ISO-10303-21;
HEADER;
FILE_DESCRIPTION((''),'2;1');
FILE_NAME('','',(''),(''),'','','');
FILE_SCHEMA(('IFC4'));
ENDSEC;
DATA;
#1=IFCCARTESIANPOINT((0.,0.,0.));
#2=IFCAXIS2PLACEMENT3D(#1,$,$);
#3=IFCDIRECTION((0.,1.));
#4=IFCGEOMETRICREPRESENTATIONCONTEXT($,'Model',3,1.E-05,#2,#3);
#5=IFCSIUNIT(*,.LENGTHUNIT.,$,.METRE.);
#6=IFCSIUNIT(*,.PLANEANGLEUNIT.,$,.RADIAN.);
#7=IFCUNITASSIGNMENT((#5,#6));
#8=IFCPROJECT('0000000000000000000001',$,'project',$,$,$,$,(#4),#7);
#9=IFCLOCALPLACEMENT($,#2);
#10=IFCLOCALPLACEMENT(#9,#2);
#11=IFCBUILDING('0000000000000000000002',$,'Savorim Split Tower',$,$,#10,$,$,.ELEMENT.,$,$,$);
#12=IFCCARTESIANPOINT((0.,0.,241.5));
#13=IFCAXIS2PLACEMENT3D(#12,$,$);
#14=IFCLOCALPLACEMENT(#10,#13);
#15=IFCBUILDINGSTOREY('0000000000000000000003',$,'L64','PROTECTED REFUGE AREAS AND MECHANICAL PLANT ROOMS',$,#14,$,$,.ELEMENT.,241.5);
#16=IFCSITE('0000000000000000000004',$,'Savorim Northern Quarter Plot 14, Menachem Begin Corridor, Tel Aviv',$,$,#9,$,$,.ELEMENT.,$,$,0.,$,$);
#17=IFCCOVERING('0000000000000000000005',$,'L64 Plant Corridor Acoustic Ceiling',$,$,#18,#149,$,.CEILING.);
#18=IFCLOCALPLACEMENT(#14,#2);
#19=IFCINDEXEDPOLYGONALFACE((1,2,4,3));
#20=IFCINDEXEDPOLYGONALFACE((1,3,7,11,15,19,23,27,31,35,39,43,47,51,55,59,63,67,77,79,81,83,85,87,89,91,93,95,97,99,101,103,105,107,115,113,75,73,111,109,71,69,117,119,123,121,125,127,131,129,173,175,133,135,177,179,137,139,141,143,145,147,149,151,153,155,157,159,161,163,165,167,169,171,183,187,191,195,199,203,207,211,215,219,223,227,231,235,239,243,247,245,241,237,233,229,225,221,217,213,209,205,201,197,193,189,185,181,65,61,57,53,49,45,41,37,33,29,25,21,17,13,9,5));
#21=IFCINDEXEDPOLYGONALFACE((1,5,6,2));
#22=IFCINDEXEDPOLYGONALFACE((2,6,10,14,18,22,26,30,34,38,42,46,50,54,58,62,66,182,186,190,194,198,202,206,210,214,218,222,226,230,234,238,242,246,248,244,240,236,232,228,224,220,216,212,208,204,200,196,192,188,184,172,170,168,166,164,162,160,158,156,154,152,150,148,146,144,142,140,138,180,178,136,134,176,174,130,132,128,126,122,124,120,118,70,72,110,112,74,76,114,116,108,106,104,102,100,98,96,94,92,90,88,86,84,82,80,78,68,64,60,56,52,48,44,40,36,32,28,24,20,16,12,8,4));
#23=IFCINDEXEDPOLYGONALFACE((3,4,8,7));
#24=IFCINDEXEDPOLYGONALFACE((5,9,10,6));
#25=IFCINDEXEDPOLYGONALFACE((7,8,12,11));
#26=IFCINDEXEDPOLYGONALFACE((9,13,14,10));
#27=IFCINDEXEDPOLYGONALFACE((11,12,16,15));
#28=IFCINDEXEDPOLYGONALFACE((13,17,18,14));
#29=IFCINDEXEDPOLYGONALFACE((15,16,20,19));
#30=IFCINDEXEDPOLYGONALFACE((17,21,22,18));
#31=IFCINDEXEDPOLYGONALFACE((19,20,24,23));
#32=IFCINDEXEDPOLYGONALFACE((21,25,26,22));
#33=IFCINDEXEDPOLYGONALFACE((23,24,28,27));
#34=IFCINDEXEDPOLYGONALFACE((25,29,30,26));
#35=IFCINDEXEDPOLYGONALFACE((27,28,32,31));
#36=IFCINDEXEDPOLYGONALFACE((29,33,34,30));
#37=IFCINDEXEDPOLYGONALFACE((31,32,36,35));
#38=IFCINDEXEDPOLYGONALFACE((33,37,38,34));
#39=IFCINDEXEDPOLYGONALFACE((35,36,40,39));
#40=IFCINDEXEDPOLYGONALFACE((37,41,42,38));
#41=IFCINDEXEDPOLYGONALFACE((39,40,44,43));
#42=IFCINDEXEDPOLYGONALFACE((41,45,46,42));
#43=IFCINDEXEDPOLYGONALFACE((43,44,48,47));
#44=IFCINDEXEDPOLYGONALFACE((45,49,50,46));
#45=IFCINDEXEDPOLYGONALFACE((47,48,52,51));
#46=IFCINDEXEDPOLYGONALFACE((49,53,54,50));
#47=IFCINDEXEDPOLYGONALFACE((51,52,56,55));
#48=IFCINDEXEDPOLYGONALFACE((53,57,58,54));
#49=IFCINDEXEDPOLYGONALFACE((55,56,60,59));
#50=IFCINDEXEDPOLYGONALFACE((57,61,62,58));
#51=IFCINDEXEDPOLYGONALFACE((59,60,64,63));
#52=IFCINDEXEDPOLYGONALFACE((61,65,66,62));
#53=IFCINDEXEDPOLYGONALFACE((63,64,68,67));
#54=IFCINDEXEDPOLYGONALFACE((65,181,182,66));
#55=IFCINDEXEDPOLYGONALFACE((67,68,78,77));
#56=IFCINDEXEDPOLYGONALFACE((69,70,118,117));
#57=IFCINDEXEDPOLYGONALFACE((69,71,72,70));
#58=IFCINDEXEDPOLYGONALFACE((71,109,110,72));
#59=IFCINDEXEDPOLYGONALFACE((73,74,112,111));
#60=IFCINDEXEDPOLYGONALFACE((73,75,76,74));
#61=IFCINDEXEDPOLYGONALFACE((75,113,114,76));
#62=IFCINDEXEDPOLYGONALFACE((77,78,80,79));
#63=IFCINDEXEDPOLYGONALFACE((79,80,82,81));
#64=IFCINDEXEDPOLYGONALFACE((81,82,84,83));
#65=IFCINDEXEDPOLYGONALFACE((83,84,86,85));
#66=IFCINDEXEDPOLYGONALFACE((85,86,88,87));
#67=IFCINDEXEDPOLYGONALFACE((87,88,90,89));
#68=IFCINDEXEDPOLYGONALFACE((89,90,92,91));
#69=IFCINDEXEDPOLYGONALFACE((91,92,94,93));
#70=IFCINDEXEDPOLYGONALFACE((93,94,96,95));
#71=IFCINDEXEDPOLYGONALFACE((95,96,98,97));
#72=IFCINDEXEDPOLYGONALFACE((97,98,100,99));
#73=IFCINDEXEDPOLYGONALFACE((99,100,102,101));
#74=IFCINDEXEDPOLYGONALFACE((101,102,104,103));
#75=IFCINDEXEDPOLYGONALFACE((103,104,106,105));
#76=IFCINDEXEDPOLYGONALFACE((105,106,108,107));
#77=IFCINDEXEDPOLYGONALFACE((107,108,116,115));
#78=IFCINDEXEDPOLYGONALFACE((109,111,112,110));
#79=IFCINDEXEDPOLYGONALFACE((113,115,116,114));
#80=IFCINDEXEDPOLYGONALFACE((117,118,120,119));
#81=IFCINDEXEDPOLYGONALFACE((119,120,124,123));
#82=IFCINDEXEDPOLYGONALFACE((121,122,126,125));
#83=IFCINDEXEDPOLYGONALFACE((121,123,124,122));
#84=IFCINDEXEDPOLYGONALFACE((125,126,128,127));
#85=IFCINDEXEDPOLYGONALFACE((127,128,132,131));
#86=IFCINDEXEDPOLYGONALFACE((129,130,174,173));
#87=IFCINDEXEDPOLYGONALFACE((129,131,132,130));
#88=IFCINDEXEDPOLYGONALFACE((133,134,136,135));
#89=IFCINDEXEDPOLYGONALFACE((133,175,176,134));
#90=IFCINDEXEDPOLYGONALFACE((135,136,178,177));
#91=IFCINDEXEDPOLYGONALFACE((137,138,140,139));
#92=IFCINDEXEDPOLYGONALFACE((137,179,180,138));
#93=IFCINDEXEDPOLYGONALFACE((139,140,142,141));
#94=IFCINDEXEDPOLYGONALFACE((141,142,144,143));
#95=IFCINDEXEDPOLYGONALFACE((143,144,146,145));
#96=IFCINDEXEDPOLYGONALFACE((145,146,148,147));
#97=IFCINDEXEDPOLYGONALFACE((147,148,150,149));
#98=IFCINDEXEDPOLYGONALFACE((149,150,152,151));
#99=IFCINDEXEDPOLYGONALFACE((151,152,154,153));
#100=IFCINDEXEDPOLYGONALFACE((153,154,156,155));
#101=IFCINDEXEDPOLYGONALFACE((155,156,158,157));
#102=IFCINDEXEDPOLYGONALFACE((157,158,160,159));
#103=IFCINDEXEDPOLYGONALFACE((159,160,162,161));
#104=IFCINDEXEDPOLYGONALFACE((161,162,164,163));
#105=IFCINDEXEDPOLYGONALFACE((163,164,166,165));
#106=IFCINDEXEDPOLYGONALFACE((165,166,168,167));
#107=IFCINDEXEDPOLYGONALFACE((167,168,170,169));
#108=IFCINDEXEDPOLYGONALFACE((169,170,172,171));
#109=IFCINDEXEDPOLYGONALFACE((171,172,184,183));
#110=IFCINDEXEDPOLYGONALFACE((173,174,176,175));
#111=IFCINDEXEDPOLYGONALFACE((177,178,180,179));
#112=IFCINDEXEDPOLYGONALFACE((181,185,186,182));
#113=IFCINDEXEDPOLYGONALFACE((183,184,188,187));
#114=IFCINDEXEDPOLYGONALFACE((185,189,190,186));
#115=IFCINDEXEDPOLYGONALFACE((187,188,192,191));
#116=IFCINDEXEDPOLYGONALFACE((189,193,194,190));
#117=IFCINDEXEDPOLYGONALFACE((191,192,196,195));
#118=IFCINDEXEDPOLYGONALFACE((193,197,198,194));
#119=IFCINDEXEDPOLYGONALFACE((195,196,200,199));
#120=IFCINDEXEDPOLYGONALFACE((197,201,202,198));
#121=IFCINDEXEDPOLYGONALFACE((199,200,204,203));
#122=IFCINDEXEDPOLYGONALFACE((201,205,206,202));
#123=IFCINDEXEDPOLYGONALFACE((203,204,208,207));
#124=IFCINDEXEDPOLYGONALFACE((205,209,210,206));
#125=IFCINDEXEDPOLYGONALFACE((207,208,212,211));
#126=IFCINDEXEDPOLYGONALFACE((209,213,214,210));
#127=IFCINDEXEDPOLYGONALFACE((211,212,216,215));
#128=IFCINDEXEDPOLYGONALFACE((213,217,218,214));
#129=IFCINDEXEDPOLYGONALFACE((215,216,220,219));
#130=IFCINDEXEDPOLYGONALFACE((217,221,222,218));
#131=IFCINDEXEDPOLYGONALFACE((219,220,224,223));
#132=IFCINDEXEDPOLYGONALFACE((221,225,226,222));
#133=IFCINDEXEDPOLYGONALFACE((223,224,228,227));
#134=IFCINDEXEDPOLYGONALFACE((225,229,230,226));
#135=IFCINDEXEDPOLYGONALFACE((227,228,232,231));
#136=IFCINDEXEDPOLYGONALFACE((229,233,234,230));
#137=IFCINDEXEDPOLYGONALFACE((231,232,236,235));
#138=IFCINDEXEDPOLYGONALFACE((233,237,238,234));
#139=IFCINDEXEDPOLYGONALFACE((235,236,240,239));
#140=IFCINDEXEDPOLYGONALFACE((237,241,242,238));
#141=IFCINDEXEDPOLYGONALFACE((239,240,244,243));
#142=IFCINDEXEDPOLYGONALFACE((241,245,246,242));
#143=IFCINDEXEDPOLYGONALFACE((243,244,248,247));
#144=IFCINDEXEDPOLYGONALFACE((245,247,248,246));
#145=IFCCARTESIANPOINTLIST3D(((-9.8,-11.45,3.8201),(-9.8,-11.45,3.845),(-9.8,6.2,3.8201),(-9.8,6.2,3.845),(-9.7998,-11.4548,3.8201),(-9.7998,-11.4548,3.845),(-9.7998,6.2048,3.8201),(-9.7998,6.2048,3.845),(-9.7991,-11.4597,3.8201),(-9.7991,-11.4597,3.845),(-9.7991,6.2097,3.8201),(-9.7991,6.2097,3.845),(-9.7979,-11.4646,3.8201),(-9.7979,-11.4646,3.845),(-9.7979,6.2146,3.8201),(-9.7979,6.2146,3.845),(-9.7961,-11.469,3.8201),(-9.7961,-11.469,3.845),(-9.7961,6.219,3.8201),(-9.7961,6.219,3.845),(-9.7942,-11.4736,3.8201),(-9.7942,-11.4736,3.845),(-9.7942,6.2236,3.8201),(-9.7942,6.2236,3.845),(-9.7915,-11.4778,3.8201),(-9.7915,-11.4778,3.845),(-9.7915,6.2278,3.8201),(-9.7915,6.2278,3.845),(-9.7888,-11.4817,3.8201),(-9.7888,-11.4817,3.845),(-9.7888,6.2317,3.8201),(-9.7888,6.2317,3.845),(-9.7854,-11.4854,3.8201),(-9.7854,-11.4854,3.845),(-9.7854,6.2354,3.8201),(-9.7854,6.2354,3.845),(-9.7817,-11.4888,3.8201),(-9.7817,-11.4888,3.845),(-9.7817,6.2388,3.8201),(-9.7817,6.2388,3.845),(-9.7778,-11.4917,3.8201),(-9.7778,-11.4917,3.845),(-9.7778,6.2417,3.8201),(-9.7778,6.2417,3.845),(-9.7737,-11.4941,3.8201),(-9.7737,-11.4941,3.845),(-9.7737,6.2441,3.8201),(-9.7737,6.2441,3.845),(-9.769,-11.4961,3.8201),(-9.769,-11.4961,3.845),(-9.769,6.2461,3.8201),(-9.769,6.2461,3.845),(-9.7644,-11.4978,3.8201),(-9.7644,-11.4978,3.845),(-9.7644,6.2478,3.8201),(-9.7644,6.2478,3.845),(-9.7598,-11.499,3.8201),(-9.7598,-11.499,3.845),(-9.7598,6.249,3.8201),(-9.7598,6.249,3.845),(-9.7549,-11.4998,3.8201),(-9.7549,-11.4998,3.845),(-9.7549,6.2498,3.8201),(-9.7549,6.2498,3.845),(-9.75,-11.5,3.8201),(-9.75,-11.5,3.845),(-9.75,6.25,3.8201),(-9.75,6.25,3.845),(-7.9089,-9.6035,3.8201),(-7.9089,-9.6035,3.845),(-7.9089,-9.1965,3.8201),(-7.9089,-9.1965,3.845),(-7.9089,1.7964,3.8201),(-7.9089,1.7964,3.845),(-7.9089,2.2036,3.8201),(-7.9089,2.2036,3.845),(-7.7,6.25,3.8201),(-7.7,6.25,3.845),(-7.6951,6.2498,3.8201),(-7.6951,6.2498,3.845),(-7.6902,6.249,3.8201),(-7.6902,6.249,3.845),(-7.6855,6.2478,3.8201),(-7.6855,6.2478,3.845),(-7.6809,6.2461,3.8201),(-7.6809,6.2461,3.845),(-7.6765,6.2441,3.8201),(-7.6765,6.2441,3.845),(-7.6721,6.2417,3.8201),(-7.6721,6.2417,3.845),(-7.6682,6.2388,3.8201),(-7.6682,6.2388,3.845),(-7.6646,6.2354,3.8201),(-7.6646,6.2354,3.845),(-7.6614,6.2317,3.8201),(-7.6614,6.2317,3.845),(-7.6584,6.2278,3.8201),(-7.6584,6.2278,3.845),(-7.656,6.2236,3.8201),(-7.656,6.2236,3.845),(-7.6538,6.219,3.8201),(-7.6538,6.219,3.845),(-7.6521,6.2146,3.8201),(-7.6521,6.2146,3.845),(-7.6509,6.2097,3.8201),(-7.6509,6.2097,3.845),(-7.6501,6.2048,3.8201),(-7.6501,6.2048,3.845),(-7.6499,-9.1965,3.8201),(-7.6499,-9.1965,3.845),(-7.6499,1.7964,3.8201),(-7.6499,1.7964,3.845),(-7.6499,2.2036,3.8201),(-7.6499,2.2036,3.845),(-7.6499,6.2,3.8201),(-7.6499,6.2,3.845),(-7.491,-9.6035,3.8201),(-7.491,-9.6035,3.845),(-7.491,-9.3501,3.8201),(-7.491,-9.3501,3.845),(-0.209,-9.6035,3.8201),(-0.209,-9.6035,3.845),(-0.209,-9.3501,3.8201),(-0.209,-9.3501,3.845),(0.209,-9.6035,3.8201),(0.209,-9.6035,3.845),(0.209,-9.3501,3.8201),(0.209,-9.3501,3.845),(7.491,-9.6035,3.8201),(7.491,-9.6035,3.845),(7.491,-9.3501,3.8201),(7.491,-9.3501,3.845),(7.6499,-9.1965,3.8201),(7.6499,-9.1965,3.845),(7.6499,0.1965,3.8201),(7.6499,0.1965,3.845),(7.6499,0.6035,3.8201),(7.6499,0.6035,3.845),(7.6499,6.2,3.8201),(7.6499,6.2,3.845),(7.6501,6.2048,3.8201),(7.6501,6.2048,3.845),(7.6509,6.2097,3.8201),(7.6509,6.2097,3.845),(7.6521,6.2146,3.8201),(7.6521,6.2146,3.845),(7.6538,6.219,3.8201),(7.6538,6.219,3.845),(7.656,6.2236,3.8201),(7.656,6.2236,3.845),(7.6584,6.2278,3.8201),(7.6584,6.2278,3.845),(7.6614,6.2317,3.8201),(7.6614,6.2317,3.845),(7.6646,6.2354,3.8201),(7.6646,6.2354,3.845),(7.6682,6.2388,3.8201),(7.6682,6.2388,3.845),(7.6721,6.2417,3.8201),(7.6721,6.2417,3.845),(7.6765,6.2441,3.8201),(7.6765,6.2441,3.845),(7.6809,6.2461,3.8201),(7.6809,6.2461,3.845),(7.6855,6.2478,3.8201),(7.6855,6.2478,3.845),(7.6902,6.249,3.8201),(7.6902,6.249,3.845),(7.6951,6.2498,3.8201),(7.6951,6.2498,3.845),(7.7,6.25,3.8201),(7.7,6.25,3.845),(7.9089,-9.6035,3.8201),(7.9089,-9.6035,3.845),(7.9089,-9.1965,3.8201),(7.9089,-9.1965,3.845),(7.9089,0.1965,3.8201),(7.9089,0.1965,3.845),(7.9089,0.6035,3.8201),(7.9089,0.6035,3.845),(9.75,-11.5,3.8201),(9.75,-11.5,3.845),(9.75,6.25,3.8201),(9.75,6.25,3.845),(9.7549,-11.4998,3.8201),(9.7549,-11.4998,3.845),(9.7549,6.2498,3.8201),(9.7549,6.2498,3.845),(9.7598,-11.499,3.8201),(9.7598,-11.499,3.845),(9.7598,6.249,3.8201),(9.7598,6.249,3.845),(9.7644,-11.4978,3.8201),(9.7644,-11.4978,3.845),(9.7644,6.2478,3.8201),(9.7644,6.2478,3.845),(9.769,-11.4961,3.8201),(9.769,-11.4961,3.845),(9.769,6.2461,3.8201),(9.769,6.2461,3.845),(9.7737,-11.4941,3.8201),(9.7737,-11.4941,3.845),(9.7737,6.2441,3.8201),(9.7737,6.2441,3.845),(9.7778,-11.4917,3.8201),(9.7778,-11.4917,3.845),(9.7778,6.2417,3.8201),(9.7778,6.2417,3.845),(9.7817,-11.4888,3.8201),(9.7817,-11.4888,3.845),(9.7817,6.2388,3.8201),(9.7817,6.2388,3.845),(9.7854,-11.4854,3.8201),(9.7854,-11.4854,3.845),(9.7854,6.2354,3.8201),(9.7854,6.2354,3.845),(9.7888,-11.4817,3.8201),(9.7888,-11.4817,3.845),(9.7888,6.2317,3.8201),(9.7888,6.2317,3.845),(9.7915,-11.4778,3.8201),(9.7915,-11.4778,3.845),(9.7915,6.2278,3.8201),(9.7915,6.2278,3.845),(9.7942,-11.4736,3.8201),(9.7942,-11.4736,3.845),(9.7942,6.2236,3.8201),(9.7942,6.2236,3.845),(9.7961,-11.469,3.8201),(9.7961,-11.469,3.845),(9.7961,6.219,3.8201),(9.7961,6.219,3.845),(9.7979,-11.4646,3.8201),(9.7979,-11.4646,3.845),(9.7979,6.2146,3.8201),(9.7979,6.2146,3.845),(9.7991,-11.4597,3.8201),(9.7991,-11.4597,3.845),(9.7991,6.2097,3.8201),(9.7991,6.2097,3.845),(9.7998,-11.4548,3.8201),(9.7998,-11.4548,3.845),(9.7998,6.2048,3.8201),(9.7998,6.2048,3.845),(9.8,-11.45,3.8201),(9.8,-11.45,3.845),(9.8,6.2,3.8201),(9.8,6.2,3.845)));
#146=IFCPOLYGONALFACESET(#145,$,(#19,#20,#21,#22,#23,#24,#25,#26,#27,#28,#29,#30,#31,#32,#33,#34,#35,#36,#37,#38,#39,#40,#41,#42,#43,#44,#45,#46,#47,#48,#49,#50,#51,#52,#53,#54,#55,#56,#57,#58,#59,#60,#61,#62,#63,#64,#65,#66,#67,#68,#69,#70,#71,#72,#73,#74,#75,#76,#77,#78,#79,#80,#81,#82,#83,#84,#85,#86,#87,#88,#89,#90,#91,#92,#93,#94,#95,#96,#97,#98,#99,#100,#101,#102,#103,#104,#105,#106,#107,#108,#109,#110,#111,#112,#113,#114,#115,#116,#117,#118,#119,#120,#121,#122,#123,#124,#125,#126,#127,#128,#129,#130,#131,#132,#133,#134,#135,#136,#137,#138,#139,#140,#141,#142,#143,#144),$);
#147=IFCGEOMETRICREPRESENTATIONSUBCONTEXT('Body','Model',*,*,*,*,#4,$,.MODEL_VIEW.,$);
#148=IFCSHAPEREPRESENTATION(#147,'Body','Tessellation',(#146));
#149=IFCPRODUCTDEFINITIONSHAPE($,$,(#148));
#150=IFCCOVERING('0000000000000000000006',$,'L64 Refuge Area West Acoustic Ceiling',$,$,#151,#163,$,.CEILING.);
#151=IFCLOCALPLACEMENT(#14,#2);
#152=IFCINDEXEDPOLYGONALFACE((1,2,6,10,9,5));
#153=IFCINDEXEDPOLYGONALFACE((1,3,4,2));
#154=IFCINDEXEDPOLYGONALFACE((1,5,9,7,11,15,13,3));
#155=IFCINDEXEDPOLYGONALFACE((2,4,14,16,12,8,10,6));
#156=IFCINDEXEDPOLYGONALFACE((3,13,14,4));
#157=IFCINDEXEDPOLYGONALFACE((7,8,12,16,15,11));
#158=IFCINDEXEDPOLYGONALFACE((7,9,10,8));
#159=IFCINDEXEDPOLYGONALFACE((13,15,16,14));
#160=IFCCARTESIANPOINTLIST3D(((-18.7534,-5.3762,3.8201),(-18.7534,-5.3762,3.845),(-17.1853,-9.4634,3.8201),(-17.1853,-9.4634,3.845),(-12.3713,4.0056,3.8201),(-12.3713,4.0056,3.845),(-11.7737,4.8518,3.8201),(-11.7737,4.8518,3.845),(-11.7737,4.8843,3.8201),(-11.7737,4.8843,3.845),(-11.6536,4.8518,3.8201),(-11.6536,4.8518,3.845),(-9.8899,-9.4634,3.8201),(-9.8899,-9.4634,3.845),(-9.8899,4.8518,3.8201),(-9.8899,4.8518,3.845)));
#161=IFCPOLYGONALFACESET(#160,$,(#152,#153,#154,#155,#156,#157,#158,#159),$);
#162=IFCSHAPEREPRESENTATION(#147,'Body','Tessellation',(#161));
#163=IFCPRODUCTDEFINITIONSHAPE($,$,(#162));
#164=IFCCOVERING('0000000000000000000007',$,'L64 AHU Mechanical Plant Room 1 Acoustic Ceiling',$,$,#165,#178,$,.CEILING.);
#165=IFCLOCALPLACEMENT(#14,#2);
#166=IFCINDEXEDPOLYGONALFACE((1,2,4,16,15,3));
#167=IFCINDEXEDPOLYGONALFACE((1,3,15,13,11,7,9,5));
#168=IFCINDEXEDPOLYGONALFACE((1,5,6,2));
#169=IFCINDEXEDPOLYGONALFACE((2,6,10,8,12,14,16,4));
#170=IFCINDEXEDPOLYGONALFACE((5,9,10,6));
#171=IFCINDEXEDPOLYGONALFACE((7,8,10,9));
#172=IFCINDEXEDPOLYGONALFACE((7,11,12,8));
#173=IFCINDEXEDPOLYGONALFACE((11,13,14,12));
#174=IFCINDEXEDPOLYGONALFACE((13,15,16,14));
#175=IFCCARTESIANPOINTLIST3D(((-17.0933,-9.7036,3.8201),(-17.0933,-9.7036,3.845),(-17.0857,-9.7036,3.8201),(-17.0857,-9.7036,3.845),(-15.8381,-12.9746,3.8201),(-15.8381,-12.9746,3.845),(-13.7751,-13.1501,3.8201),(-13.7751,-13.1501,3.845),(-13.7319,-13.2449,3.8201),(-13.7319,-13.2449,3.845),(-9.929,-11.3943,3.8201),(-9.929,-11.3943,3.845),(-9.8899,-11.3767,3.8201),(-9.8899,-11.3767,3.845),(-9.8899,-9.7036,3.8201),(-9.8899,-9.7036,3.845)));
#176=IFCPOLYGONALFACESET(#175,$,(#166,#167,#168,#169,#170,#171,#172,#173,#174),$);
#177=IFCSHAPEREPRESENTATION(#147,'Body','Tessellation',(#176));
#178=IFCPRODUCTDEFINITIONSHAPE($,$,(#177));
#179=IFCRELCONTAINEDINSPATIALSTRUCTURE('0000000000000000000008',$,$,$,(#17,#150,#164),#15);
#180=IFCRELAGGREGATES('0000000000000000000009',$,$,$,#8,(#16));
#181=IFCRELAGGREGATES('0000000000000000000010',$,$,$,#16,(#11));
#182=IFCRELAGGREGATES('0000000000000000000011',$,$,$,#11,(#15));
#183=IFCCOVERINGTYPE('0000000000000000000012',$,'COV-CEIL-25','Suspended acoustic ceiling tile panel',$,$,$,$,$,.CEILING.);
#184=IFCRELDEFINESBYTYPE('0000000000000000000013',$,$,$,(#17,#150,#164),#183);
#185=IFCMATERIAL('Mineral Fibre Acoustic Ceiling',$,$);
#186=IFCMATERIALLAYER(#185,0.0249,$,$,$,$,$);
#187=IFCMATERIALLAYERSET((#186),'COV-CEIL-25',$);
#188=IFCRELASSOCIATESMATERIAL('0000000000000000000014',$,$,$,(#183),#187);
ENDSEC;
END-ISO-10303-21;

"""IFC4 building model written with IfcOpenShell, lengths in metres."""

from ifc_helpers import new_model, si_unit, direction, frame, origin, place, context, subcontext, project, spatial, polyline, outline, extrude, material, layer, layer_set, type_object, element, save


model = new_model("IFC4")

# Units and contexts
model_context = context("Model", 3, precision=1e-05, world=origin(), true_north=direction((0.0, 1.0)))
body_context = subcontext(model_context, "Body", "Model", "MODEL_VIEW")
ifc_project = project(units=[si_unit("LENGTHUNIT", "METRE"), si_unit("PLANEANGLEUNIT", "RADIAN")], contexts=[model_context])

# Site, building, storey
site_placement = place(None, origin())
site = spatial("IfcSite", under=ifc_project, at=site_placement, Name="Savorim Northern Quarter Plot 14, Menachem Begin Corridor, Tel Aviv", CompositionType="ELEMENT", RefElevation=0.0)
building_placement = place(site_placement, origin())
building = spatial("IfcBuilding", under=site, at=building_placement, Name="Savorim Split Tower", CompositionType="ELEMENT")
storey_placement = place(building_placement, frame((0.0, 0.0, 241.5)))
storey = spatial("IfcBuildingStorey", under=building, at=storey_placement, Name="L64", Description="PROTECTED REFUGE AREAS AND MECHANICAL PLANT ROOMS", CompositionType="ELEMENT", Elevation=241.5)

# Coverings
ifc_material_1 = material(Name="Mineral Fibre Acoustic Ceiling")
ifc_layer_1 = layer(ifc_material_1, 0.0249)
ifc_layer_set_1 = layer_set([ifc_layer_1], Name="COV-CEIL-25")
covering_type_1 = type_object("IfcCoveringType", Name="COV-CEIL-25", Description="Suspended acoustic ceiling tile panel", PredefinedType="CEILING", material=ifc_layer_set_1)
covering_1_placement = place(storey_placement, frame((0.0, 0.0, 3.8201)))
element("IfcCovering", 1, at=covering_1_placement, inside=storey, type_object=covering_type_1, Name="L64 Plant Corridor Acoustic Ceiling", PredefinedType="CEILING", context=body_context, shape_type="SweptSolid", body=[
    extrude(outline(polyline([(7.9089, 0.1965), (7.6499, 0.1965), (7.6499, -9.1965), (7.9089, -9.1965), (7.9089, -9.6035), (7.491, -9.6035), (7.491, -9.3501), (0.209, -9.3501), (0.209, -9.6035), (-0.209, -9.6035), (-0.209, -9.3501), (-7.491, -9.3501), (-7.491, -9.6035), (-7.9089, -9.6035), (-7.9089, -9.1965), (-7.6499, -9.1965), (-7.6499, 1.7964), (-7.9089, 1.7964), (-7.9089, 2.2036), (-7.6499, 2.2036), (-7.6499, 6.2), (-7.6501, 6.2048), (-7.6509, 6.2097), (-7.6521, 6.2146), (-7.6538, 6.219), (-7.656, 6.2236), (-7.6584, 6.2278), (-7.6614, 6.2317), (-7.6646, 6.2354), (-7.6682, 6.2388), (-7.6721, 6.2417), (-7.6765, 6.2441), (-7.6809, 6.2461), (-7.6855, 6.2478), (-7.6902, 6.249), (-7.6951, 6.2498), (-7.7, 6.25), (-9.75, 6.25), (-9.7549, 6.2498), (-9.7598, 6.249), (-9.7644, 6.2478), (-9.769, 6.2461), (-9.7737, 6.2441), (-9.7778, 6.2417), (-9.7817, 6.2388), (-9.7854, 6.2354), (-9.7888, 6.2317), (-9.7915, 6.2278), (-9.7942, 6.2236), (-9.7961, 6.219), (-9.7979, 6.2146), (-9.7991, 6.2097), (-9.7998, 6.2048), (-9.8, 6.2), (-9.8, -11.45), (-9.7998, -11.4548), (-9.7991, -11.4597), (-9.7979, -11.4646), (-9.7961, -11.469), (-9.7942, -11.4736), (-9.7915, -11.4778), (-9.7888, -11.4817), (-9.7854, -11.4854), (-9.7817, -11.4888), (-9.7778, -11.4917), (-9.7737, -11.4941), (-9.769, -11.4961), (-9.7644, -11.4978), (-9.7598, -11.499), (-9.7549, -11.4998), (-9.75, -11.5), (9.75, -11.5), (9.7549, -11.4998), (9.7598, -11.499), (9.7644, -11.4978), (9.769, -11.4961), (9.7737, -11.4941), (9.7778, -11.4917), (9.7817, -11.4888), (9.7854, -11.4854), (9.7888, -11.4817), (9.7915, -11.4778), (9.7942, -11.4736), (9.7961, -11.469), (9.7979, -11.4646), (9.7991, -11.4597), (9.7998, -11.4548), (9.8, -11.45), (9.8, 6.2), (9.7998, 6.2048), (9.7991, 6.2097), (9.7979, 6.2146), (9.7961, 6.219), (9.7942, 6.2236), (9.7915, 6.2278), (9.7888, 6.2317), (9.7854, 6.2354), (9.7817, 6.2388), (9.7778, 6.2417), (9.7737, 6.2441), (9.769, 6.2461), (9.7644, 6.2478), (9.7598, 6.249), (9.7549, 6.2498), (9.75, 6.25), (7.7, 6.25), (7.6951, 6.2498), (7.6902, 6.249), (7.6855, 6.2478), (7.6809, 6.2461), (7.6765, 6.2441), (7.6721, 6.2417), (7.6682, 6.2388), (7.6646, 6.2354), (7.6614, 6.2317), (7.6584, 6.2278), (7.656, 6.2236), (7.6538, 6.219), (7.6521, 6.2146), (7.6509, 6.2097), (7.6501, 6.2048), (7.6499, 6.2), (7.6499, 0.6035), (7.9089, 0.6035), (7.9089, 0.1965)])), origin(), (0.0, 0.0, 1.0), 0.0249),
])
covering_2_placement = place(storey_placement, frame((0.0, 0.0, 3.8201)))
element("IfcCovering", 2, at=covering_2_placement, inside=storey, type_object=covering_type_1, Name="L64 Refuge Area West Acoustic Ceiling", PredefinedType="CEILING", context=body_context, shape_type="SweptSolid", body=[
    extrude(outline(polyline([(-11.6536, 4.8518), (-11.7737, 4.8518), (-11.7737, 4.8843), (-12.3713, 4.0056), (-18.7534, -5.3762), (-17.1853, -9.4634), (-9.8899, -9.4634), (-9.8899, 4.8518), (-11.6536, 4.8518)])), origin(), (0.0, 0.0, 1.0), 0.0249),
])
covering_3_placement = place(storey_placement, frame((0.0, 0.0, 3.8201)))
element("IfcCovering", 3, at=covering_3_placement, inside=storey, type_object=covering_type_1, Name="L64 AHU Mechanical Plant Room 1 Acoustic Ceiling", PredefinedType="CEILING", context=body_context, shape_type="SweptSolid", body=[
    extrude(outline(polyline([(-17.0857, -9.7036), (-17.0933, -9.7036), (-15.8381, -12.9746), (-13.7319, -13.2449), (-13.7751, -13.1501), (-9.929, -11.3943), (-9.8899, -11.3767), (-9.8899, -9.7036), (-17.0857, -9.7036)])), origin(), (0.0, 0.0, 1.0), 0.0249),
])

save(model, "model.ifc")
